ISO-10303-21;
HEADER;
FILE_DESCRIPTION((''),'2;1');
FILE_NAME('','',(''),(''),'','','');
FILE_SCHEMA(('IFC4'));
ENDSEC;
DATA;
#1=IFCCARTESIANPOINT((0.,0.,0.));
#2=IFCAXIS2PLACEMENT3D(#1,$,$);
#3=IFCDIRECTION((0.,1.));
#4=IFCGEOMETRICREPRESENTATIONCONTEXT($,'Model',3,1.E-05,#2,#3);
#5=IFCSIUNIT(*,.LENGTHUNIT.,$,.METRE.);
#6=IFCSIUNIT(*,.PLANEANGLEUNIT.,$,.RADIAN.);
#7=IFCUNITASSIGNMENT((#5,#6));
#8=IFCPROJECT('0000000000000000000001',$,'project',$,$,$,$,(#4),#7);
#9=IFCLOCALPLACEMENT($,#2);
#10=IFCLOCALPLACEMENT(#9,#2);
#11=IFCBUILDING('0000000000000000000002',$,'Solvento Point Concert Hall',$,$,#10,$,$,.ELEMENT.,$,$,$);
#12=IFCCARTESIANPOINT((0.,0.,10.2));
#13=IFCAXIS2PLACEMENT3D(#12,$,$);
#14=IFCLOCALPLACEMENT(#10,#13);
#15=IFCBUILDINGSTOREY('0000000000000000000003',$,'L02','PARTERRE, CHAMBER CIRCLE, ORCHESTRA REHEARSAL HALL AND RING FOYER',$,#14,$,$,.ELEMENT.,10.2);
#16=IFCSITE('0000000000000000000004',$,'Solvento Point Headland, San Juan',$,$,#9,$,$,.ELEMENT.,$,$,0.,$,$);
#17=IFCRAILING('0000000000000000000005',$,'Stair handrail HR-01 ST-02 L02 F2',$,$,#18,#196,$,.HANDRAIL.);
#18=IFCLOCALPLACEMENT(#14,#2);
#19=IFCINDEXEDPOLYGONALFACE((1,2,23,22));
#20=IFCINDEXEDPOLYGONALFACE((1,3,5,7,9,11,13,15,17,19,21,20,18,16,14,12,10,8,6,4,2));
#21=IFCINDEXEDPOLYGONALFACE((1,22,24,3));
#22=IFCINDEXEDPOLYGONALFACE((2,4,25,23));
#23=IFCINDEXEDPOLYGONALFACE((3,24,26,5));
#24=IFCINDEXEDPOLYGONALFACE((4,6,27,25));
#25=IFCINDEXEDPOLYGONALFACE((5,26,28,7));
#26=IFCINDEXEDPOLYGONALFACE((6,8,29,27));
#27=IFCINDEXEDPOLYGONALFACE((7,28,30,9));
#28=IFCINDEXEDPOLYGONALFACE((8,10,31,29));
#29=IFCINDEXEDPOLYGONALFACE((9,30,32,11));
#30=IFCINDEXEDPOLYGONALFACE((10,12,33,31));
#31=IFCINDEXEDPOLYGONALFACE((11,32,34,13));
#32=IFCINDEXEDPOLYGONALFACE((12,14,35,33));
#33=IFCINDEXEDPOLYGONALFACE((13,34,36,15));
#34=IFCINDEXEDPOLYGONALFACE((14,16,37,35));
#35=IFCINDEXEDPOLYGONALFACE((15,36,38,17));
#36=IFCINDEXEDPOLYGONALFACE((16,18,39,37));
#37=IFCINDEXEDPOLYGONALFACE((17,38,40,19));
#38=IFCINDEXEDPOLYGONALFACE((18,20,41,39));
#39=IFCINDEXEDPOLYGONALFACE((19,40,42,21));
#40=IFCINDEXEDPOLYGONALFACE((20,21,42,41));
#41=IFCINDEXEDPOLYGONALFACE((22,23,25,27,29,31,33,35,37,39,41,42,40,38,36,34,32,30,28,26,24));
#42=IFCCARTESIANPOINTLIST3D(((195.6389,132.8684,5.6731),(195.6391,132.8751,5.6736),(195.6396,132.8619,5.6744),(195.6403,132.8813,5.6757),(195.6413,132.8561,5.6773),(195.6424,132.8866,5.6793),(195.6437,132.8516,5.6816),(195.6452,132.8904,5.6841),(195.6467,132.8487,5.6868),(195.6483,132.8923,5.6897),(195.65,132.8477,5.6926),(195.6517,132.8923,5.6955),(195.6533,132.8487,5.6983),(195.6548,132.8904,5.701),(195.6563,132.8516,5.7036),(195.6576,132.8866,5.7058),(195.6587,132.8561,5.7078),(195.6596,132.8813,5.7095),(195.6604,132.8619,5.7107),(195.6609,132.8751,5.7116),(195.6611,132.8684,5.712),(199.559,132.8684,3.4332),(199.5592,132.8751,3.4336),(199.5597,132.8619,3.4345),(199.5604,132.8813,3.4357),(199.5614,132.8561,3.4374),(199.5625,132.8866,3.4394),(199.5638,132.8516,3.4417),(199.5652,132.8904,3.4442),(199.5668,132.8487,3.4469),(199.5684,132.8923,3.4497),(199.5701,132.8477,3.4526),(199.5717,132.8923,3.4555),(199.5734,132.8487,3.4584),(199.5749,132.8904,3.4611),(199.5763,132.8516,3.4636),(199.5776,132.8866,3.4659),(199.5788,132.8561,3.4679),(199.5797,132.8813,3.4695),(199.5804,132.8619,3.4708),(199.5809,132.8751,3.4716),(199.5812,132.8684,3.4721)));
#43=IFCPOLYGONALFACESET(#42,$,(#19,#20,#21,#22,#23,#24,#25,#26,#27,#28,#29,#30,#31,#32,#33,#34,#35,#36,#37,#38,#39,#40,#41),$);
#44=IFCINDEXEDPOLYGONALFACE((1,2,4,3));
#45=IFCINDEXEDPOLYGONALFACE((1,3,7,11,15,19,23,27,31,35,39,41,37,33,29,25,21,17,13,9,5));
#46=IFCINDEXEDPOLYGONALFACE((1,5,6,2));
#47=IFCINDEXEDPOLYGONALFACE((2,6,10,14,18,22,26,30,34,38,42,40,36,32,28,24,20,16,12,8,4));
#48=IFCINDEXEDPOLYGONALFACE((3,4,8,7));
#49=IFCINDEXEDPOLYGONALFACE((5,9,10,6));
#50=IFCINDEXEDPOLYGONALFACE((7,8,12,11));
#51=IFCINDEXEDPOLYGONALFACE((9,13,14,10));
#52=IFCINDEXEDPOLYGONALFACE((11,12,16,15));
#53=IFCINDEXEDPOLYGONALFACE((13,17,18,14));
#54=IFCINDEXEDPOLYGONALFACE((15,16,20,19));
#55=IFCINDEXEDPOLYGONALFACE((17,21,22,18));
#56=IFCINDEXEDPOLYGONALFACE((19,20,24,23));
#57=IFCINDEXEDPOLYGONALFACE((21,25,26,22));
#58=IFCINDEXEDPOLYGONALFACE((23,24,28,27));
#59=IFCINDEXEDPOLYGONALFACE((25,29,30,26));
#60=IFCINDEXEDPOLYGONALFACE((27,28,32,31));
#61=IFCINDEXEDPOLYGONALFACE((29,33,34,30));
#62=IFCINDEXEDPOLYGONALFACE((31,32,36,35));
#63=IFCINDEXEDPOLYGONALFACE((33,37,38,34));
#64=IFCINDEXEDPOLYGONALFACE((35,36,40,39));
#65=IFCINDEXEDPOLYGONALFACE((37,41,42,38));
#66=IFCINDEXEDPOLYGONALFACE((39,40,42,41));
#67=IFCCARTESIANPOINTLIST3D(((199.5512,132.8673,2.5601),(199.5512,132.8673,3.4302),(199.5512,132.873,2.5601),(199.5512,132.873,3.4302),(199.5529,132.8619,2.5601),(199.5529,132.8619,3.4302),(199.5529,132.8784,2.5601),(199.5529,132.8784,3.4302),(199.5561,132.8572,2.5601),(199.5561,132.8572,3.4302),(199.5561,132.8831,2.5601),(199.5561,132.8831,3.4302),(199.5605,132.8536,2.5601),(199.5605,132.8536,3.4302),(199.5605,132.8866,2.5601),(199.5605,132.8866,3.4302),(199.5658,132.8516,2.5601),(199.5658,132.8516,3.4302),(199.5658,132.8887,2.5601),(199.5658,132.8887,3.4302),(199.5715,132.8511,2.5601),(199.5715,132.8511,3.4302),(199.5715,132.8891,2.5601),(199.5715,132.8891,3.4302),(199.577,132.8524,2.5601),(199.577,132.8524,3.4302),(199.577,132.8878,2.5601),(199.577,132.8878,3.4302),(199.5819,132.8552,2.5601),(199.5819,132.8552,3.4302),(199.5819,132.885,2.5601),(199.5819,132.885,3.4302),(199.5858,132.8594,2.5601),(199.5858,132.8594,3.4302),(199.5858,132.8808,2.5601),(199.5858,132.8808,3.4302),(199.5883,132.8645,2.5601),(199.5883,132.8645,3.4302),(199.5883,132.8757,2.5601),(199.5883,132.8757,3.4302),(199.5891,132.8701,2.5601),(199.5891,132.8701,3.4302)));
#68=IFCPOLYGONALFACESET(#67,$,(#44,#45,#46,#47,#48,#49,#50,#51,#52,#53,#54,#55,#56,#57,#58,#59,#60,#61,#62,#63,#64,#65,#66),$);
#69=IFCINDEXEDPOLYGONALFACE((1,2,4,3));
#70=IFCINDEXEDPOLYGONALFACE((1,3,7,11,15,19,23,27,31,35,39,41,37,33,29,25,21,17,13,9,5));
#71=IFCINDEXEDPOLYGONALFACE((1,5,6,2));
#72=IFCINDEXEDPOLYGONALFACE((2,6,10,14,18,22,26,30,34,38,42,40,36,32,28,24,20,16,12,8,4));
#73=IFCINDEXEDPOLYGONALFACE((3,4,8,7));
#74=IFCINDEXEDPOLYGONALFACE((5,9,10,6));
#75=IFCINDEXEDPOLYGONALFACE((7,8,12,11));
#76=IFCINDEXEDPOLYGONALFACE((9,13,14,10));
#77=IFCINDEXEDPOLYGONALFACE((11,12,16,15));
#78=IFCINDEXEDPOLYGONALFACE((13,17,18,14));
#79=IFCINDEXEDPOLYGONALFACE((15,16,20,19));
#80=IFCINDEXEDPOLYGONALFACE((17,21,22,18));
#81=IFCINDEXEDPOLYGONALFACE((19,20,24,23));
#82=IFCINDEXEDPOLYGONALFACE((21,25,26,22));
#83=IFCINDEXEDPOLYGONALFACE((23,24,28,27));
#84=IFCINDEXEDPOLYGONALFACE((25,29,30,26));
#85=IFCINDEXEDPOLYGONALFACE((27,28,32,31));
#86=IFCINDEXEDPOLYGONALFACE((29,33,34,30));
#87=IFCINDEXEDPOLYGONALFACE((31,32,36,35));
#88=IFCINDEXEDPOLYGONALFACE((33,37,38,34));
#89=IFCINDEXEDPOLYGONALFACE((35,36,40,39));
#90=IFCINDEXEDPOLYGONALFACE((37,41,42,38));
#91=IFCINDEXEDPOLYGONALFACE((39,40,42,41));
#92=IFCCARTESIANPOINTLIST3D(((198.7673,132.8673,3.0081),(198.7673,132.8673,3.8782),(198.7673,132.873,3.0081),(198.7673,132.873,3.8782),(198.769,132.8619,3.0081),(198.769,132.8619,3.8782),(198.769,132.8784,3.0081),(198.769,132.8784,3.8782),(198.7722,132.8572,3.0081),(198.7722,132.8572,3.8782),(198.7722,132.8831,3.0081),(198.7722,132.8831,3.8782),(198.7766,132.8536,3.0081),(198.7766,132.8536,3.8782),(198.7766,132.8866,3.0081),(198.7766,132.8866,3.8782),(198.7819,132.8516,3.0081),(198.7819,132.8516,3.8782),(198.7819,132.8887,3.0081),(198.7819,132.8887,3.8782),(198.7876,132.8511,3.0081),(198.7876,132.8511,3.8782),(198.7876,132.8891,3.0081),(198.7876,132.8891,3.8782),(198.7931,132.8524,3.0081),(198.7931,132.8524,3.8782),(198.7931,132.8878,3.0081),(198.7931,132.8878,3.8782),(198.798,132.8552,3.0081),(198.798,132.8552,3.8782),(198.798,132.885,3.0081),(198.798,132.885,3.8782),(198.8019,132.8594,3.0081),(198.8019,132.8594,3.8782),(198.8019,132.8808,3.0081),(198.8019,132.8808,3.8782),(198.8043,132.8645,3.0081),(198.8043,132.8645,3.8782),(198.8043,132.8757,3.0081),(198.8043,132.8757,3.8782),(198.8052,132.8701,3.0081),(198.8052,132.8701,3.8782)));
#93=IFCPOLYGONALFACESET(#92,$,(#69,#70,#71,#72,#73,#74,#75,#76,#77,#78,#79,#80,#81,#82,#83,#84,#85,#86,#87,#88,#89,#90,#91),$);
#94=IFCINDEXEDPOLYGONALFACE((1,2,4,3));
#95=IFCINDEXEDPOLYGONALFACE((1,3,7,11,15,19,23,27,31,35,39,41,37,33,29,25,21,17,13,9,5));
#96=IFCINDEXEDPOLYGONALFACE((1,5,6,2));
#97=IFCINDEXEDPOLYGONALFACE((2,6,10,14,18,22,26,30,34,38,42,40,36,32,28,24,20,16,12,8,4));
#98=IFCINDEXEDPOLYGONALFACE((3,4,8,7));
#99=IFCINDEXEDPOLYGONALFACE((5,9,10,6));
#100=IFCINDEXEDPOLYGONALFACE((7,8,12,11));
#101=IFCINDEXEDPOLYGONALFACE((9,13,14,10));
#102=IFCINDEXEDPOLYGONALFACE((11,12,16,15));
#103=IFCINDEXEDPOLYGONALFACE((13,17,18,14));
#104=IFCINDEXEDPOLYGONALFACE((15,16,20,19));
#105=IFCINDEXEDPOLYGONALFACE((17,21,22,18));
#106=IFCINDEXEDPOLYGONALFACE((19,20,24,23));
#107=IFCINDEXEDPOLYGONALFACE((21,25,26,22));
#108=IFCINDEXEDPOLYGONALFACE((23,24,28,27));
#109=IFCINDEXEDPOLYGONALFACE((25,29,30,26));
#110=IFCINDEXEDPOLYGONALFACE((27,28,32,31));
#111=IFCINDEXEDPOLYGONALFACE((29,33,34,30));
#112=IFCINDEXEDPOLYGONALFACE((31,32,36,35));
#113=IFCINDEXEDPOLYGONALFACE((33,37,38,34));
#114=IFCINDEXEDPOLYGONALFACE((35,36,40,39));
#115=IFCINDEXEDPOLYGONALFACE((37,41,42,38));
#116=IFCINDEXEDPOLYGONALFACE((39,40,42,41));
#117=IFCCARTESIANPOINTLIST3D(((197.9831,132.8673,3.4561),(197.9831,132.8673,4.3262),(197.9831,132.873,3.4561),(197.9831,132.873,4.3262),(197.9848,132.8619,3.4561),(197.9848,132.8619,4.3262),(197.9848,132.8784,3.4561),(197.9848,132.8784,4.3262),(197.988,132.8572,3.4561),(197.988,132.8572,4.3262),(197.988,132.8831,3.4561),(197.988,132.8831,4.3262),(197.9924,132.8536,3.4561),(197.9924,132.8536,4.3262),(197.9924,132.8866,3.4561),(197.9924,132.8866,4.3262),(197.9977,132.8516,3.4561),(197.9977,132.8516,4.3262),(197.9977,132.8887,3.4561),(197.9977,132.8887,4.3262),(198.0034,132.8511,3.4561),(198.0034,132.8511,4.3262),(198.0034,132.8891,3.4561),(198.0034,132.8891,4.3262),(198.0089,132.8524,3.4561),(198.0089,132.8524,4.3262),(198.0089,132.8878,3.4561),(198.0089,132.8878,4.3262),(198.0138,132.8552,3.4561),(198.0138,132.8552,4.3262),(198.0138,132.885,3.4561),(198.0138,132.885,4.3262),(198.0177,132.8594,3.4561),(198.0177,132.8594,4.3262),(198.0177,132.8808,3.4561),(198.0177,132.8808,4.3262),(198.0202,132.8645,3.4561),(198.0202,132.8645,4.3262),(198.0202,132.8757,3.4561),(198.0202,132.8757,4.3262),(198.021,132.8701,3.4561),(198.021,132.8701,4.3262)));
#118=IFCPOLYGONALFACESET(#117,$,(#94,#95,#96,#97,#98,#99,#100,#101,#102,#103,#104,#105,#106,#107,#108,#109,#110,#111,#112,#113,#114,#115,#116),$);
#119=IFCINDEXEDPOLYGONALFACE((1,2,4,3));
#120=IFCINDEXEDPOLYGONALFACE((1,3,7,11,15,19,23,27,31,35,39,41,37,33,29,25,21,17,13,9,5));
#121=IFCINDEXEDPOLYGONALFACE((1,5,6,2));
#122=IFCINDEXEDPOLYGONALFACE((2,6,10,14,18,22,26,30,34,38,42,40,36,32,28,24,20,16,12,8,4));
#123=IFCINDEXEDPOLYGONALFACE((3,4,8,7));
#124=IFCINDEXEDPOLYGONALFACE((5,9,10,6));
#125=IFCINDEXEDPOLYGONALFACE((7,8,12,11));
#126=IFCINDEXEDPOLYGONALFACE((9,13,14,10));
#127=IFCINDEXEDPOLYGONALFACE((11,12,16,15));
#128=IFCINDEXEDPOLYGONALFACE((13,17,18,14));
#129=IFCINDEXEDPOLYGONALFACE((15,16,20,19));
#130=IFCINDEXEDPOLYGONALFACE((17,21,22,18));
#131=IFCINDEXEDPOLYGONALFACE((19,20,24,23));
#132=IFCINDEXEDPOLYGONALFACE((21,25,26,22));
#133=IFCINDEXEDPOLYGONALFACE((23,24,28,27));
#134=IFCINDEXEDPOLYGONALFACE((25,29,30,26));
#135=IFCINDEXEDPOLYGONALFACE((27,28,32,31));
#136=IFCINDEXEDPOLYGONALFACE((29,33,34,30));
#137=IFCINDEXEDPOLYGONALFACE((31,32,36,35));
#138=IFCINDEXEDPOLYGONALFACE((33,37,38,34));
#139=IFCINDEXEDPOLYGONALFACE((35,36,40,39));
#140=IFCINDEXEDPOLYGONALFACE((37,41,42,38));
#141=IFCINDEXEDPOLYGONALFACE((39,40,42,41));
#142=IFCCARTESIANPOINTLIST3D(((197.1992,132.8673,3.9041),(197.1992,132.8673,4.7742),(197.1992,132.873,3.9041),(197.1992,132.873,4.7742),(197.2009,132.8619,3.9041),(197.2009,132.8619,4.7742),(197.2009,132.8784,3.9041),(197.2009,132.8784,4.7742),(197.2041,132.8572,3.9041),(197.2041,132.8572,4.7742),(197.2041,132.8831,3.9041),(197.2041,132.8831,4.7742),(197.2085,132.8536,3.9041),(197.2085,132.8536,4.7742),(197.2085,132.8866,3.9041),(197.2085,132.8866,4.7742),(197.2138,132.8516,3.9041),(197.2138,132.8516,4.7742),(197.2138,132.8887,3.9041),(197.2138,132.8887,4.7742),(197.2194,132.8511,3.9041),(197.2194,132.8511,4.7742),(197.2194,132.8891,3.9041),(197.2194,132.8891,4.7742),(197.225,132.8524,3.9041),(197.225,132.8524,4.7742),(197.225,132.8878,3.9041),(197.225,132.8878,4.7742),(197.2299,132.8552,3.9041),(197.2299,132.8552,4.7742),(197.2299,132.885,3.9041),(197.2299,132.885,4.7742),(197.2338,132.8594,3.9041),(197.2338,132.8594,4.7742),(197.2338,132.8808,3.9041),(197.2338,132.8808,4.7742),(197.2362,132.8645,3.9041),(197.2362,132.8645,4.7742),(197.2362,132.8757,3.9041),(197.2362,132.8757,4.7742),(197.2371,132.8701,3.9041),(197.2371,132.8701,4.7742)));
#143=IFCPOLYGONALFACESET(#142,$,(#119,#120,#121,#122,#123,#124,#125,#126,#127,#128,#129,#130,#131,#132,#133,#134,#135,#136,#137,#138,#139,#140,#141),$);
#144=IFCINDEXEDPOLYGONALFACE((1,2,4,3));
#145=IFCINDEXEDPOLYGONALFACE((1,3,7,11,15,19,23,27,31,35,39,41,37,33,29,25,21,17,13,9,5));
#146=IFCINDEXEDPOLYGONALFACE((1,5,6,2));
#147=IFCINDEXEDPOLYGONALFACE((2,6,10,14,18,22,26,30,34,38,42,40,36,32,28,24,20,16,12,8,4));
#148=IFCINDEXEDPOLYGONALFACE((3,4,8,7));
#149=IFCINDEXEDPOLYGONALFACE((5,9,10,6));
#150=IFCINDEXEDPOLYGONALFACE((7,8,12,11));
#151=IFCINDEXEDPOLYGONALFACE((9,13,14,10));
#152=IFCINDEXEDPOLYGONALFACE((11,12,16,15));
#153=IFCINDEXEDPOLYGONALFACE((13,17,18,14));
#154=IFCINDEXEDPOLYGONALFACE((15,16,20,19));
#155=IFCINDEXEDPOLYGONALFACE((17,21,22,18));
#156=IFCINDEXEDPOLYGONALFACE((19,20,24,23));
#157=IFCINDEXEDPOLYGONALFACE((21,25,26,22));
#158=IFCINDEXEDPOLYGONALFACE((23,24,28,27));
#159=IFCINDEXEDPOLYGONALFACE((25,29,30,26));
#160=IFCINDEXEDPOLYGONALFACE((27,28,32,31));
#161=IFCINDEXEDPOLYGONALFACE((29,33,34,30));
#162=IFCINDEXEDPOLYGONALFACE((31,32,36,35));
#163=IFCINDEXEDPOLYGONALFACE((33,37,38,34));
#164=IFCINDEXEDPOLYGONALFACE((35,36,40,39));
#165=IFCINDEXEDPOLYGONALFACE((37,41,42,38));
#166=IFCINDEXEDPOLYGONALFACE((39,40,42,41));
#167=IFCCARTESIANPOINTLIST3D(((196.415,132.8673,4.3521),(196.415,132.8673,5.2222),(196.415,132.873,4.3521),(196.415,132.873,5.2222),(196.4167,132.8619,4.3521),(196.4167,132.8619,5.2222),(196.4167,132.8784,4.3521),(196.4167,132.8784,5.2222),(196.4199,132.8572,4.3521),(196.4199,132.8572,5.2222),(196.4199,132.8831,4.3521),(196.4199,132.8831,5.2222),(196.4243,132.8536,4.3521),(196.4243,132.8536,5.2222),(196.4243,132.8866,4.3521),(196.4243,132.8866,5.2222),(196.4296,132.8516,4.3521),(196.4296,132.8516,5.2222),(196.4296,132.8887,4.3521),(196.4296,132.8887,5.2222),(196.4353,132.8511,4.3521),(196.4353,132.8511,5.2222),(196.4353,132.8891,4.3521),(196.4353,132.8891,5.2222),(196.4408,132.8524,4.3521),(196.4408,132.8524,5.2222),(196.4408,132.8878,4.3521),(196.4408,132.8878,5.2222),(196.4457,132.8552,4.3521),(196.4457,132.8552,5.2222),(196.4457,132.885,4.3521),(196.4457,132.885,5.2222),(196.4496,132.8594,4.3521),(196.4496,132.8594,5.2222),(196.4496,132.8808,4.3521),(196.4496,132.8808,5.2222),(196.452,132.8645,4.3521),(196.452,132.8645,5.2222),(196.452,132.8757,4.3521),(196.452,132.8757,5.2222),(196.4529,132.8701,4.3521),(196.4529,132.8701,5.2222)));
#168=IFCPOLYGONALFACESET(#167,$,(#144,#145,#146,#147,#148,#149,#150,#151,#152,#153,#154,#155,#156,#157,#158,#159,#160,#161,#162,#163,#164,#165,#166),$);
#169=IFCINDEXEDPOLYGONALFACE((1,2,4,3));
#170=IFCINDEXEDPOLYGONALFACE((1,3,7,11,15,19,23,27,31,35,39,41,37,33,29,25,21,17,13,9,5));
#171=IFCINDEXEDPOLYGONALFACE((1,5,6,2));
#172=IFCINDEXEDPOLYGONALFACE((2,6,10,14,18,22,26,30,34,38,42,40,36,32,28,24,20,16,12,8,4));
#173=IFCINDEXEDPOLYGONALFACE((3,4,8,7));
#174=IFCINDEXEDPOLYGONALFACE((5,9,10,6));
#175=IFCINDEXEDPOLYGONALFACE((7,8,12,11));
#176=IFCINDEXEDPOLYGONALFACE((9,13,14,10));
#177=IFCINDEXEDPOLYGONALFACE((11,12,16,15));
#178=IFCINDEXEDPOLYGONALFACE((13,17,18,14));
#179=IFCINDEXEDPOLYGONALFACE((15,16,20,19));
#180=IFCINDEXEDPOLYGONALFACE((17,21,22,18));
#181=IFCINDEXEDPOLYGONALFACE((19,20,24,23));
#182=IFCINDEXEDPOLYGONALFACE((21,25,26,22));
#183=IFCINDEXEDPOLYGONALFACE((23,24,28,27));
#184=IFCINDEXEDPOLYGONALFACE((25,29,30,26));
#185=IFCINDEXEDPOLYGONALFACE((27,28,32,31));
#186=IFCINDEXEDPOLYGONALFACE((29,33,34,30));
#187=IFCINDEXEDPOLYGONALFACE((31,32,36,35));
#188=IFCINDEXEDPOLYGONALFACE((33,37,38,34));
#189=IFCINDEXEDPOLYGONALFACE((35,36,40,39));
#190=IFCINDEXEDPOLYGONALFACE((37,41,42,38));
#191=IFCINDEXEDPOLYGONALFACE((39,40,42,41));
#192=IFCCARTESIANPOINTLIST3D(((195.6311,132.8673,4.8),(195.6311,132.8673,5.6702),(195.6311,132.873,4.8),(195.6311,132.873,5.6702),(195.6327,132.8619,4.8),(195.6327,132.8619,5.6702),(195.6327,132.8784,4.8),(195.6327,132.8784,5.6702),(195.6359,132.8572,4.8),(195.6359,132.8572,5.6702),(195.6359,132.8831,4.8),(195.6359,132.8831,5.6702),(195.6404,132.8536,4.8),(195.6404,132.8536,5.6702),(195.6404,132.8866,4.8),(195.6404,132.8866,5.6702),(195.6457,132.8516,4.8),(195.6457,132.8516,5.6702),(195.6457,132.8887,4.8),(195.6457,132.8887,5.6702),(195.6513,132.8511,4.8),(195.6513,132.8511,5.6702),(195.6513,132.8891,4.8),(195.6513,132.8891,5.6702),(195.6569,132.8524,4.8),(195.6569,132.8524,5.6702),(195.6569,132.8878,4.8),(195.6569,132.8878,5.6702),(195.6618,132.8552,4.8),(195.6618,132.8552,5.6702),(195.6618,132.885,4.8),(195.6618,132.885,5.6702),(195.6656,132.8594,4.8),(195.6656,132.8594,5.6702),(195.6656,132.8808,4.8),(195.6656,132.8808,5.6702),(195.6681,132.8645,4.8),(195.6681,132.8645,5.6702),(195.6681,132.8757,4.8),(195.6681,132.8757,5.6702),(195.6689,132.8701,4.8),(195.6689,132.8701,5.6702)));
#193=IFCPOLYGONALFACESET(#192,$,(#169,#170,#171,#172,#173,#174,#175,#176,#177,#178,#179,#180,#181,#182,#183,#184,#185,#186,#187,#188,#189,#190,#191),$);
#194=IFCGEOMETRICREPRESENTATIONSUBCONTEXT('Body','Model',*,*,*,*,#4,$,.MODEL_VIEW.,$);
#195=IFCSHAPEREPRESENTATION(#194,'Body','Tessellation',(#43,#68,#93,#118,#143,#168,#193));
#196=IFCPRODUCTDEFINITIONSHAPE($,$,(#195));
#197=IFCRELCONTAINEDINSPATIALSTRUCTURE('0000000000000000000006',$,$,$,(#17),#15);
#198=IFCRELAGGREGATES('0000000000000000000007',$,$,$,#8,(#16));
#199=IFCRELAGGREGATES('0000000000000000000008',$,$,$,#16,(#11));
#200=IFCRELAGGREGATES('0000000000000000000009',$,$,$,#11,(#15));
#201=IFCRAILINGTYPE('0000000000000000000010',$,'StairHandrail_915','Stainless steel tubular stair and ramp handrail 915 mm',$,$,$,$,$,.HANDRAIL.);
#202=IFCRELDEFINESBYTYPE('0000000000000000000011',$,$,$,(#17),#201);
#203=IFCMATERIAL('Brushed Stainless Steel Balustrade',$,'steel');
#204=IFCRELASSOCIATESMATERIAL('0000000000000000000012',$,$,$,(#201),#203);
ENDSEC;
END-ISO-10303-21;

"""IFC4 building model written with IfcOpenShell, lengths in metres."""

from ifc_helpers import new_model, si_unit, direction, frame, origin, origin_2d, place, context, subcontext, project, spatial, circle, extrude, material, type_object, element, save


model = new_model("IFC4")

# Units and contexts
model_context = context("Model", 3, precision=1e-05, world=origin(), true_north=direction((0.0, 1.0)))
body_context = subcontext(model_context, "Body", "Model", "MODEL_VIEW")
ifc_project = project(units=[si_unit("LENGTHUNIT", "METRE"), si_unit("PLANEANGLEUNIT", "RADIAN")], contexts=[model_context])

# Site, building, storey
site_placement = place(None, origin())
site = spatial("IfcSite", under=ifc_project, at=site_placement, Name="Solvento Point Headland, San Juan", CompositionType="ELEMENT", RefElevation=0.0)
building_placement = place(site_placement, origin())
building = spatial("IfcBuilding", under=site, at=building_placement, Name="Solvento Point Concert Hall", CompositionType="ELEMENT")
storey_placement = place(building_placement, frame((0.0, 0.0, 10.2)))
storey = spatial("IfcBuildingStorey", under=building, at=storey_placement, Name="L02", Description="PARTERRE, CHAMBER CIRCLE, ORCHESTRA REHEARSAL HALL AND RING FOYER", CompositionType="ELEMENT", Elevation=10.2)

# Railing
ifc_material_1 = material(Name="Brushed Stainless Steel Balustrade", Category="steel")
railing_type_1 = type_object("IfcRailingType", Name="StairHandrail_915", Description="Stainless steel tubular stair and ramp handrail 915 mm", PredefinedType="HANDRAIL", material=ifc_material_1)
railing_1_placement = place(storey_placement, frame((199.5701, 132.8701, 2.5601)))
element("IfcRailing", 1, at=railing_1_placement, inside=storey, type_object=railing_type_1, Name="Stair handrail HR-01 ST-02 L02 F2", PredefinedType="HANDRAIL", context=body_context, shape_type="SweptSolid", body=[
    extrude(circle(Radius=0.0225, at=origin_2d()), frame((0.0, 0.0, 0.8926), z_axis=(-0.868253, 0.0, 0.496121), x_axis=(0.0, -1.0, 0.0)), (0.0, 0.0, 1.0), 4.5149),
    extrude(circle(Radius=0.019, at=origin_2d()), origin(), (0.0, 0.0, 1.0), 0.8701),
    extrude(circle(Radius=0.019, at=origin_2d()), frame((-0.7839, 0.0, 0.448)), (0.0, 0.0, 1.0), 0.8701),
    extrude(circle(Radius=0.019, at=origin_2d()), frame((-1.5681, 0.0, 0.896)), (0.0, 0.0, 1.0), 0.8701),
    extrude(circle(Radius=0.019, at=origin_2d()), frame((-2.3521, 0.0, 1.344)), (0.0, 0.0, 1.0), 0.8701),
    extrude(circle(Radius=0.019, at=origin_2d()), frame((-3.1362, 0.0, 1.792)), (0.0, 0.0, 1.0), 0.8701),
    extrude(circle(Radius=0.019, at=origin_2d()), frame((-3.9202, 0.0, 2.24)), (0.0, 0.0, 1.0), 0.8701),
])

save(model, "model.ifc")
